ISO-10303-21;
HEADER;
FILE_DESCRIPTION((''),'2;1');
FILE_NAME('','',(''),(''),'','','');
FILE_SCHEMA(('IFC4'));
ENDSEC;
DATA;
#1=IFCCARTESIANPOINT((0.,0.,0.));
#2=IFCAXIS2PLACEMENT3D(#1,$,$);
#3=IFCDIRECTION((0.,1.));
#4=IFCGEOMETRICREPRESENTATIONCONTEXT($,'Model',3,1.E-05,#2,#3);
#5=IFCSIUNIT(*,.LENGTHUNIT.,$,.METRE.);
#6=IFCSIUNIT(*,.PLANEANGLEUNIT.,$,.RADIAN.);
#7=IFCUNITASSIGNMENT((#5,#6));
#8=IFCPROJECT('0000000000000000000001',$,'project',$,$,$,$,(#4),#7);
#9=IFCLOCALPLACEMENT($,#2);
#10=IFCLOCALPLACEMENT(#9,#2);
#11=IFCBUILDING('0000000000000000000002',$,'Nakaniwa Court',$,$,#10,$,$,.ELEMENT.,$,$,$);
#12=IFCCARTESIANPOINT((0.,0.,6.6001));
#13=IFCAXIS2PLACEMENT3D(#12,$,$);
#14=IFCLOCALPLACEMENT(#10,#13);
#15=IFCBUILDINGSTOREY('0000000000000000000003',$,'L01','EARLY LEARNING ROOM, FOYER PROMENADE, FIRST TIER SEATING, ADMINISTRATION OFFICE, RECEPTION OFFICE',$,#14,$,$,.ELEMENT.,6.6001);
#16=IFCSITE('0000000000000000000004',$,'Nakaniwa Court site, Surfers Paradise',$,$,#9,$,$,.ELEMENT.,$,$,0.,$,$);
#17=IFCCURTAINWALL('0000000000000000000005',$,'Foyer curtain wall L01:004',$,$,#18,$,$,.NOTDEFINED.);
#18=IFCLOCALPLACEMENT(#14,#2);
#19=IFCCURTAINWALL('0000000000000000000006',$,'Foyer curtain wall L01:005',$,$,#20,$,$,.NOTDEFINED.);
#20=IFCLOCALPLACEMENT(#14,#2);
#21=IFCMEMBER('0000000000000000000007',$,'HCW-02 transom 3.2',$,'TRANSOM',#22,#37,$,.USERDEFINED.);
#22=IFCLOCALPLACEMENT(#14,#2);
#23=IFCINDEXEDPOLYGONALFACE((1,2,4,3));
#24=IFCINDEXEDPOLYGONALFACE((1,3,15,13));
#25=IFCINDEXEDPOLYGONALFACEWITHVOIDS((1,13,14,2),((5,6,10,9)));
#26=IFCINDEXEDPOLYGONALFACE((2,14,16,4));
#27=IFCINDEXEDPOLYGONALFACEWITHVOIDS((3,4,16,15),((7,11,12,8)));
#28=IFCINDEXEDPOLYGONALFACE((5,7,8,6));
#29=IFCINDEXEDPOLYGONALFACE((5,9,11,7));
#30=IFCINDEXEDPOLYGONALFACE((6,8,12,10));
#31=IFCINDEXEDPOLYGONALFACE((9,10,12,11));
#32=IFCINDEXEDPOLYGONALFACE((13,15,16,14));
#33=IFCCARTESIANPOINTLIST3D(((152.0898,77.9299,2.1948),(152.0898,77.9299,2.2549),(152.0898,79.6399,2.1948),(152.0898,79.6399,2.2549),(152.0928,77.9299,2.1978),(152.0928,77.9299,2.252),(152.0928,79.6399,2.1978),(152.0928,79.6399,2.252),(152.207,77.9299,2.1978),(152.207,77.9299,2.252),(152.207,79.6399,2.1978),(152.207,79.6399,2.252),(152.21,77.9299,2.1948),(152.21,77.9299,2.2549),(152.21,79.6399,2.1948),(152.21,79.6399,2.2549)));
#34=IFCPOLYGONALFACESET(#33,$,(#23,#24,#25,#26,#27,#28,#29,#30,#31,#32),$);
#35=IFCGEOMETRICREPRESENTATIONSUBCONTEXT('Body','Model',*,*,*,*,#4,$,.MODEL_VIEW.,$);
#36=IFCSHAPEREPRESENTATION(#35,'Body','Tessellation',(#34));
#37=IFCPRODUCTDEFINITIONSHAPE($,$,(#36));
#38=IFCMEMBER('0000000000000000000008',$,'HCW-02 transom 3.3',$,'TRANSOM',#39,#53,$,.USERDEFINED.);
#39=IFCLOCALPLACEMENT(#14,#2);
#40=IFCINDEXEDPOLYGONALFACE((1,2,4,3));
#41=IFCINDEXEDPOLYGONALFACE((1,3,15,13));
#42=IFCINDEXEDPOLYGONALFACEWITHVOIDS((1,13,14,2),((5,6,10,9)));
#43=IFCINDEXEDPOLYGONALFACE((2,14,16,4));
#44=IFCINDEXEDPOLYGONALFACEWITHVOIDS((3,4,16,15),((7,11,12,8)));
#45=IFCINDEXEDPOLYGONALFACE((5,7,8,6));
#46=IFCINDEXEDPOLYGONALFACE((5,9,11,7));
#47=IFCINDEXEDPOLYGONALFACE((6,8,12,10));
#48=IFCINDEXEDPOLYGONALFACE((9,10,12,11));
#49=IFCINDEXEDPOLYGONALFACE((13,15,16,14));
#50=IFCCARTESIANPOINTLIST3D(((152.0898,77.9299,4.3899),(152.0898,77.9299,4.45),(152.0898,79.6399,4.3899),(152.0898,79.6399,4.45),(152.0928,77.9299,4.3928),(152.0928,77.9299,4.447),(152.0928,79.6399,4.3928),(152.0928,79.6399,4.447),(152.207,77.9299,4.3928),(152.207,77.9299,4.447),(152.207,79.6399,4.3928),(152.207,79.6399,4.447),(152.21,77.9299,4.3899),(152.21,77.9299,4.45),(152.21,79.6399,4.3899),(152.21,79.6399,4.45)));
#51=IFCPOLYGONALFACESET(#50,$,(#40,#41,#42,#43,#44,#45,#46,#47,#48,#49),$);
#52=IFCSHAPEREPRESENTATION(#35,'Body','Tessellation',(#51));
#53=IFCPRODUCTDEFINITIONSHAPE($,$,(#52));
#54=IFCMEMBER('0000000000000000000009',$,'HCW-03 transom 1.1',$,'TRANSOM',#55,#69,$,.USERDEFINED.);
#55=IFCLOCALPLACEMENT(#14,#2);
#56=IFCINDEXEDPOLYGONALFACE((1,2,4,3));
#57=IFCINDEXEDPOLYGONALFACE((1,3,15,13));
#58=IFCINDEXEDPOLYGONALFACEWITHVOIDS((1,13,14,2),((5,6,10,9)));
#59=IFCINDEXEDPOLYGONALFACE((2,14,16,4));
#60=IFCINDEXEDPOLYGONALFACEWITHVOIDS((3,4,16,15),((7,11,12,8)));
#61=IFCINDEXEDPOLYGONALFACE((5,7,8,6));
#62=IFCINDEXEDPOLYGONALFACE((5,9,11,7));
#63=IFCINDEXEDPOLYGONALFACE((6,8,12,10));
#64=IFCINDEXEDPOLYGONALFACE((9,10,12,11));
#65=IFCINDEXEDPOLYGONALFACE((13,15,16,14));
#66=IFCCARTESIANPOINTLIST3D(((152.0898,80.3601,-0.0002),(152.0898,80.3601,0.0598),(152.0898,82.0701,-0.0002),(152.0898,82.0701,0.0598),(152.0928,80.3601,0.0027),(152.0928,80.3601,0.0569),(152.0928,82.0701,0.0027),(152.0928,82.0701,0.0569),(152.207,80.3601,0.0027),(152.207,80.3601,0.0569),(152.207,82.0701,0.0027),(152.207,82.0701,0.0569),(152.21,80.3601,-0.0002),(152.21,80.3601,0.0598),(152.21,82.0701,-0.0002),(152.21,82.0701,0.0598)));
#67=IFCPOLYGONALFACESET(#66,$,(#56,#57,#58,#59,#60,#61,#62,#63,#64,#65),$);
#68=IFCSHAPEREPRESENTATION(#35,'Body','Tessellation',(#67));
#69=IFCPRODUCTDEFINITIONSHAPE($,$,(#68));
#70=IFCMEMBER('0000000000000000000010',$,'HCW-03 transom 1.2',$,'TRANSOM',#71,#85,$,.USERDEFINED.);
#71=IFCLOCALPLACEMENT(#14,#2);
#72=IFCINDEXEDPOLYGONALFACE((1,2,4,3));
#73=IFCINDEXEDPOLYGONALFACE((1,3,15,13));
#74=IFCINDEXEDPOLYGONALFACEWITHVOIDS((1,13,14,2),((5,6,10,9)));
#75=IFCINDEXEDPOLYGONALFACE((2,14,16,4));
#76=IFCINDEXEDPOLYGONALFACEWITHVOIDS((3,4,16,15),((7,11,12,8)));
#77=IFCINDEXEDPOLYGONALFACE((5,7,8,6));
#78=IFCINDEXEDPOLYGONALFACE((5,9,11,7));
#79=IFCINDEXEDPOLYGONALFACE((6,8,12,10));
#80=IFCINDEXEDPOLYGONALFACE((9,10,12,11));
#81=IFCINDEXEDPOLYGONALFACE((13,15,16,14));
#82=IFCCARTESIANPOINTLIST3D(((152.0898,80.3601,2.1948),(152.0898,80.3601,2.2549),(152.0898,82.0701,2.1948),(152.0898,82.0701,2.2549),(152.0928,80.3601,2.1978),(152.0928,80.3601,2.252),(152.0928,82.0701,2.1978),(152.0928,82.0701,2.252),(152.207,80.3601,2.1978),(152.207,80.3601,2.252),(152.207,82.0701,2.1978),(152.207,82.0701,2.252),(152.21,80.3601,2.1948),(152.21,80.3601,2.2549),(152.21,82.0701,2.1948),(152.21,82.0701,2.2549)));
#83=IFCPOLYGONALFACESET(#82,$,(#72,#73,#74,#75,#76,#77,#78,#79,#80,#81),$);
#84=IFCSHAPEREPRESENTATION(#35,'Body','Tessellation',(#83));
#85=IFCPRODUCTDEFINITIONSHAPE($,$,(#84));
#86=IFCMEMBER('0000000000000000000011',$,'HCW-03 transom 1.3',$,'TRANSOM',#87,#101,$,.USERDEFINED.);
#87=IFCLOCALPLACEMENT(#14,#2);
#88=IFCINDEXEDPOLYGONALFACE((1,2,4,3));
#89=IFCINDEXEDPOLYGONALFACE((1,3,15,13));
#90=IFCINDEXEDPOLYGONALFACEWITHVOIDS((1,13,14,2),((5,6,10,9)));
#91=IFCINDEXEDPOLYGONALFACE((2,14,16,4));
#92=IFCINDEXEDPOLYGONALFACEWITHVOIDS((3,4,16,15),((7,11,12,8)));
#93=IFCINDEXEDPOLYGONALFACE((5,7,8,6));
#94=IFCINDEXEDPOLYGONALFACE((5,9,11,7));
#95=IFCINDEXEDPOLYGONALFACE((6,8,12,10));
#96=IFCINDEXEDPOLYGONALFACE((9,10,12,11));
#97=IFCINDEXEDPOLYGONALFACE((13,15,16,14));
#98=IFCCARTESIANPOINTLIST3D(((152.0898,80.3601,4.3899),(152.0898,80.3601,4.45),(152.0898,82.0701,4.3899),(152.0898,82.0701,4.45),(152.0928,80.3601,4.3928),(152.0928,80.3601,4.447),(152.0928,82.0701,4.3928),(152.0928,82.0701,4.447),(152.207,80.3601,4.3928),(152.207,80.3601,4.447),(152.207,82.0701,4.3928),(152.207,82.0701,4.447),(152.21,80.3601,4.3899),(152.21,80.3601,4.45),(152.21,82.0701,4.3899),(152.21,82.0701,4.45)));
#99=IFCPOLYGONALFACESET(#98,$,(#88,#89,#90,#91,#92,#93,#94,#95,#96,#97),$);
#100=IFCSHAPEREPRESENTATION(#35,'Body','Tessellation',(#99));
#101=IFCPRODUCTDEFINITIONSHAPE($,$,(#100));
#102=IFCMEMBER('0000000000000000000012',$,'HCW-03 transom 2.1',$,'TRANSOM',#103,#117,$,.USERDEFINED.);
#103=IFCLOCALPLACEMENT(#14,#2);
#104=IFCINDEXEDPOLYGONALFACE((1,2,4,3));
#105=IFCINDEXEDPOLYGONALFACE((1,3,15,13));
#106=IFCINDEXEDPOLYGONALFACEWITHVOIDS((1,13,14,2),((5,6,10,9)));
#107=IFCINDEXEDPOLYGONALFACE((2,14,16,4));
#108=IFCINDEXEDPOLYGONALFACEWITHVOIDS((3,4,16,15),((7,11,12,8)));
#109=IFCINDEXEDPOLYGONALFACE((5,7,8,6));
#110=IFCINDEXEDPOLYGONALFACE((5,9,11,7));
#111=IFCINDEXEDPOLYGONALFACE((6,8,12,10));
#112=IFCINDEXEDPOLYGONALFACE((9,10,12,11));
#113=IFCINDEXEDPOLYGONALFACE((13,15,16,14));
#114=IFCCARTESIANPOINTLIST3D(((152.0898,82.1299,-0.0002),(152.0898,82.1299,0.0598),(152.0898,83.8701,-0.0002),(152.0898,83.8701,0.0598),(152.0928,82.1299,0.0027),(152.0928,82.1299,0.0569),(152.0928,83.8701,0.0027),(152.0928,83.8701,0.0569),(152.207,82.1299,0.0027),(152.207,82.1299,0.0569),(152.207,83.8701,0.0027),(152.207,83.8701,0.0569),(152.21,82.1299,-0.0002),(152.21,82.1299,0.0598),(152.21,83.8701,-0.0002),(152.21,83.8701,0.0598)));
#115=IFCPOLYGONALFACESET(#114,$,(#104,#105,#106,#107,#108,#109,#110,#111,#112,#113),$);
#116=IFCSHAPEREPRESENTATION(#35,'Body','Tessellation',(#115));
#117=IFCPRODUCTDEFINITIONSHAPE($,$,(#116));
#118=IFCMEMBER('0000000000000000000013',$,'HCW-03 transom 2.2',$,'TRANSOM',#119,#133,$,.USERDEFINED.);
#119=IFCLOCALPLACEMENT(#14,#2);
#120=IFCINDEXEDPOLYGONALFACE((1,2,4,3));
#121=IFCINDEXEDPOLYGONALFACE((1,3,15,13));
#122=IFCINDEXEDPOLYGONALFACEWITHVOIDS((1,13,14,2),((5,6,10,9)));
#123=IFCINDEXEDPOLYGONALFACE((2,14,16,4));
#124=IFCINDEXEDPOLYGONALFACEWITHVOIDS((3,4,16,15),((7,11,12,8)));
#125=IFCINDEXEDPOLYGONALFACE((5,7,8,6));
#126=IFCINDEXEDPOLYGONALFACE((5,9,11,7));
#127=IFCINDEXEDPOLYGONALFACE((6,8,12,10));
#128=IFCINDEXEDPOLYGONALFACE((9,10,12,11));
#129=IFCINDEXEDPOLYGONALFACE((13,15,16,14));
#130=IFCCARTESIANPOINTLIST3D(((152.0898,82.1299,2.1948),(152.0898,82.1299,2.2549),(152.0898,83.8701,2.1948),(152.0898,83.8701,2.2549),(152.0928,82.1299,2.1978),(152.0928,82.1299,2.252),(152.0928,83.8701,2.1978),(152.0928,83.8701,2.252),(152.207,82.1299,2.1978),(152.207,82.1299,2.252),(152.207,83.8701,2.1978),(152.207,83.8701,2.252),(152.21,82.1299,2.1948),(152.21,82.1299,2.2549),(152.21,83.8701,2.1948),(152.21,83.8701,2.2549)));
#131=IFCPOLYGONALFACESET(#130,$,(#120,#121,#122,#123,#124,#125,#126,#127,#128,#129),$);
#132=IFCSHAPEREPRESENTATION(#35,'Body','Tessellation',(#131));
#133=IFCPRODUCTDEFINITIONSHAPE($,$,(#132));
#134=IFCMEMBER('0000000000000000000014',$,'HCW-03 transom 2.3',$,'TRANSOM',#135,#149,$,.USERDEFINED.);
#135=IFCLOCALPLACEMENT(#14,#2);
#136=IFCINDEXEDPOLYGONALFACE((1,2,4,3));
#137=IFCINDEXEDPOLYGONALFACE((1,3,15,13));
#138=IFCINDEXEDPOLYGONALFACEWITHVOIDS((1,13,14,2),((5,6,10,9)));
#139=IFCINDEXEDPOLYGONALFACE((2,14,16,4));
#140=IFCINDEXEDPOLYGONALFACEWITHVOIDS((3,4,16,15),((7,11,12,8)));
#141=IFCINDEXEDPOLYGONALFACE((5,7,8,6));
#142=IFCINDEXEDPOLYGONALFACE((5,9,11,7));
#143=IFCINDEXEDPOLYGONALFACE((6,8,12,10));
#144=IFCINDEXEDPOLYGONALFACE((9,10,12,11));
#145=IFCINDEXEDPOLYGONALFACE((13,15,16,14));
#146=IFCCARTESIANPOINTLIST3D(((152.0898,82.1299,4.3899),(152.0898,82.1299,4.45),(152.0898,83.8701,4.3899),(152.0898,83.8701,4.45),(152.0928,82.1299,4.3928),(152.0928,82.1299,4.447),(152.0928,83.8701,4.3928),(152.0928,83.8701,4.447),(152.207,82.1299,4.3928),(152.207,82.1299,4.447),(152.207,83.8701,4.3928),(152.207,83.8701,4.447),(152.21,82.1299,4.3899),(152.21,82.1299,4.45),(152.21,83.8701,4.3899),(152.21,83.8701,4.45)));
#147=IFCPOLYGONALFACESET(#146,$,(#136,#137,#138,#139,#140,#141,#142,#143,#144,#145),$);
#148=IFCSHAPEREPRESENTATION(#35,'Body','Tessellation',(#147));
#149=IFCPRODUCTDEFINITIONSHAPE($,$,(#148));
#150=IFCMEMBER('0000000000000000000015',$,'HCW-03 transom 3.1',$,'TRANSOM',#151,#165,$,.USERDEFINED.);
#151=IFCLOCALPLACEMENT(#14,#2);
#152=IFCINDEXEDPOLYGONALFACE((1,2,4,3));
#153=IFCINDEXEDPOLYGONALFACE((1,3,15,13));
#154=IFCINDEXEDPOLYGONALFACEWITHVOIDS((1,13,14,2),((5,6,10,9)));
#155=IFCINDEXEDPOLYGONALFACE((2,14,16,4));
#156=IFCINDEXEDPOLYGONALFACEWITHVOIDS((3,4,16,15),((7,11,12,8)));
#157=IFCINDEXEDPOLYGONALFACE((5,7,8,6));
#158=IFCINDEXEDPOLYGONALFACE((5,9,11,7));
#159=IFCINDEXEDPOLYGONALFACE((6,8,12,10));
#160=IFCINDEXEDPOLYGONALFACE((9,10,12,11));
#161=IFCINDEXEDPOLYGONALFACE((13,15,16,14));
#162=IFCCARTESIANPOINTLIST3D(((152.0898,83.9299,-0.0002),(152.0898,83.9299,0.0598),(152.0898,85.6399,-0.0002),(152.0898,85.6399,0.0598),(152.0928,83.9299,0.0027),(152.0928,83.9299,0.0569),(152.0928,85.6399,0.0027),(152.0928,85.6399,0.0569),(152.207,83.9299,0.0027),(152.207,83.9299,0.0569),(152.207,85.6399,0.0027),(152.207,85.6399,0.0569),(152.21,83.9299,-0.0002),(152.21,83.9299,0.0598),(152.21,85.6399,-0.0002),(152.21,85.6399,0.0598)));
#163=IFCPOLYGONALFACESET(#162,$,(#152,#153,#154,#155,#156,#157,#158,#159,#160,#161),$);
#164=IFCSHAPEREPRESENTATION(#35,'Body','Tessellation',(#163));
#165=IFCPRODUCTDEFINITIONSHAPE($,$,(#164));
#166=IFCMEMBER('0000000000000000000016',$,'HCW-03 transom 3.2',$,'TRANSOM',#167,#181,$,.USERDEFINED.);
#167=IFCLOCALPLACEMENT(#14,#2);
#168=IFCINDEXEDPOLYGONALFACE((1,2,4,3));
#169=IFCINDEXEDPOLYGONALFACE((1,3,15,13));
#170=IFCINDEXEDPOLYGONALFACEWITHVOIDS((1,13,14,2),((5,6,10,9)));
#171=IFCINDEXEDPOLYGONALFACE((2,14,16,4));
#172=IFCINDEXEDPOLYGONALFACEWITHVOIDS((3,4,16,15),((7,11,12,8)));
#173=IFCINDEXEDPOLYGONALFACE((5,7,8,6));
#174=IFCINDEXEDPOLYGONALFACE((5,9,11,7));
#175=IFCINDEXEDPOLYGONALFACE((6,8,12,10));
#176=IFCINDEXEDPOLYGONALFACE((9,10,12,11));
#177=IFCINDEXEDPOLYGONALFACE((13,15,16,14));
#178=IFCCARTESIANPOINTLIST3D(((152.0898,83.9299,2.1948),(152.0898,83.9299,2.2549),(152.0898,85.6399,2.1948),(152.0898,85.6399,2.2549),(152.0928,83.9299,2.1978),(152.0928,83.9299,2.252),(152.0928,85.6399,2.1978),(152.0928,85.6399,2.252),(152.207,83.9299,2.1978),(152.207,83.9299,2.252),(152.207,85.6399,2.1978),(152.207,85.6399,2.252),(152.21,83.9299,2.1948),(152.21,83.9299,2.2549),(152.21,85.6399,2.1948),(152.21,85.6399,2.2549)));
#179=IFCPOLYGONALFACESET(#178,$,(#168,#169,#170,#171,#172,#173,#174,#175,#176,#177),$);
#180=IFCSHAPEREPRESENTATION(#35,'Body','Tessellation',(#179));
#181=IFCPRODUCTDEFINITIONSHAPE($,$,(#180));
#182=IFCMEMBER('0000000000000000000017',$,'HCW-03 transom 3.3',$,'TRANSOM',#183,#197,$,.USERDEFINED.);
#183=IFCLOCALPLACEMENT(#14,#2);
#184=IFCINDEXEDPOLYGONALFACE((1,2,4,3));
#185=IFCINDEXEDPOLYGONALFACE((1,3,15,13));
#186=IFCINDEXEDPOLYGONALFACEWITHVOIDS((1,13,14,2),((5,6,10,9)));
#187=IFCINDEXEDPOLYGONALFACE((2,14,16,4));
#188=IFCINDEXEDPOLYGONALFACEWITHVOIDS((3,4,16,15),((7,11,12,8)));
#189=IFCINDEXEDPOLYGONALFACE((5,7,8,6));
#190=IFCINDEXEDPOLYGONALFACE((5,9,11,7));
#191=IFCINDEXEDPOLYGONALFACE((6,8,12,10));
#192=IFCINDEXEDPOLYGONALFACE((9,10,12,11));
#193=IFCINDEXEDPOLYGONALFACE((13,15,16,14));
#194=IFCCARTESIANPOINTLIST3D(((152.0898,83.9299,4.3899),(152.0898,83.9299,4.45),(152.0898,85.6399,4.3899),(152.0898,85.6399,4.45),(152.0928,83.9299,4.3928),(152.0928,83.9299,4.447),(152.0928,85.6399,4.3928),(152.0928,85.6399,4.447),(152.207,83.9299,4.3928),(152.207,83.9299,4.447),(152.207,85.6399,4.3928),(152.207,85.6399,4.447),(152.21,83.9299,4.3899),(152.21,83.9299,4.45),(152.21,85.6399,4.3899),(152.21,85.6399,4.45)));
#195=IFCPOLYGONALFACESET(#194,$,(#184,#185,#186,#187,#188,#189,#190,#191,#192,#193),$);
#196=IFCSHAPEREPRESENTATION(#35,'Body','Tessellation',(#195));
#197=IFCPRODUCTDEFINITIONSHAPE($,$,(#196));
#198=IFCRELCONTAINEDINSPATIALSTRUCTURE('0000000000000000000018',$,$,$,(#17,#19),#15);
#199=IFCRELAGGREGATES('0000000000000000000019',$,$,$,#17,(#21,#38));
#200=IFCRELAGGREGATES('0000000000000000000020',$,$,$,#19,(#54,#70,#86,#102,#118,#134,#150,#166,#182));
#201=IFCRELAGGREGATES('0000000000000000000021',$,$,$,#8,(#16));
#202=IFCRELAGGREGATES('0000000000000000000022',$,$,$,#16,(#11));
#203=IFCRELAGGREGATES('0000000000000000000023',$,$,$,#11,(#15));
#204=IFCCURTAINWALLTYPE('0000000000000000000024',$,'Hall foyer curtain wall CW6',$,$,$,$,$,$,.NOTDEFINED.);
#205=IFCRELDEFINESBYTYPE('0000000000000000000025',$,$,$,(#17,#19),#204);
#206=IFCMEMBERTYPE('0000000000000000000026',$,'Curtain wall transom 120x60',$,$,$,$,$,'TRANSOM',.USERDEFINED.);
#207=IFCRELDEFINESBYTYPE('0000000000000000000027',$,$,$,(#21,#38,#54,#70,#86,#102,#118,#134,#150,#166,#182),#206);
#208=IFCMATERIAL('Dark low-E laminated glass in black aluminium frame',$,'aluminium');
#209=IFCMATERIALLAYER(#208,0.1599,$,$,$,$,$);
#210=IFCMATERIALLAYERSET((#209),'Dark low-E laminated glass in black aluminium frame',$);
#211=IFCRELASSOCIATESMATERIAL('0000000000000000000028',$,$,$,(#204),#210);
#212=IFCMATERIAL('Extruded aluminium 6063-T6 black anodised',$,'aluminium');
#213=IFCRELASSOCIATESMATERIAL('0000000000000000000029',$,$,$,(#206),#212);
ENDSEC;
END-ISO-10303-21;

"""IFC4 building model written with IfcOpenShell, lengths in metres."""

from ifc_helpers import new_model, si_unit, direction, frame, origin, origin_2d, place, context, subcontext, project, spatial, hollow_rectangle, extrude, material, layer, layer_set, material_profile, profile_set, type_object, element, aggregate, save


model = new_model("IFC4")

# Units and contexts
model_context = context("Model", 3, precision=1e-05, world=origin(), true_north=direction((0.0, 1.0)))
body_context = subcontext(model_context, "Body", "Model", "MODEL_VIEW")
ifc_project = project(units=[si_unit("LENGTHUNIT", "METRE"), si_unit("PLANEANGLEUNIT", "RADIAN")], contexts=[model_context])

# Site, building, storey
site_placement = place(None, origin())
site = spatial("IfcSite", under=ifc_project, at=site_placement, Name="Nakaniwa Court site, Surfers Paradise", CompositionType="ELEMENT", RefElevation=0.0)
building_placement = place(site_placement, origin())
building = spatial("IfcBuilding", under=site, at=building_placement, Name="Nakaniwa Court", CompositionType="ELEMENT")
storey_placement = place(building_placement, frame((0.0, 0.0, 6.6001)))
storey = spatial("IfcBuildingStorey", under=building, at=storey_placement, Name="L01", Description="EARLY LEARNING ROOM, FOYER PROMENADE, FIRST TIER SEATING, ADMINISTRATION OFFICE, RECEPTION OFFICE", CompositionType="ELEMENT", Elevation=6.6001)

# Curtain walls
ifc_material_1 = material(Name="Dark low-E laminated glass in black aluminium frame", Category="aluminium")
ifc_layer_1 = layer(ifc_material_1, 0.1599)
ifc_layer_set_1 = layer_set([ifc_layer_1], Name="Dark low-E laminated glass in black aluminium frame")
curtain_wall_type = type_object("IfcCurtainWallType", Name="Hall foyer curtain wall CW6", PredefinedType="NOTDEFINED", material=ifc_layer_set_1)
curtain_wall_1_placement = place(storey_placement, origin())
curtain_wall_1 = element("IfcCurtainWall", 1, at=curtain_wall_1_placement, inside=storey, type_object=curtain_wall_type, Name="Foyer curtain wall L01:004", PredefinedType="NOTDEFINED")
ifc_material_2 = material(Name="Extruded aluminium 6063-T6 black anodised", Category="aluminium")
curtain_wall_2_placement = place(storey_placement, origin())
curtain_wall_2 = element("IfcCurtainWall", 2, at=curtain_wall_2_placement, inside=storey, type_object=curtain_wall_type, Name="Foyer curtain wall L01:005", PredefinedType="NOTDEFINED")

# Members
ifc_material_profile_1 = material_profile(ifc_material_2, hollow_rectangle(XDim=0.1201, YDim=0.0601, WallThickness=0.0029, at=origin_2d()), Name="CW transom 120x60")
ifc_profile_set_1 = profile_set([ifc_material_profile_1], Name="Extruded aluminium 6063-T6 black anodised")
member_type_1 = type_object("IfcMemberType", Name="Curtain wall transom 120x60", ElementType="TRANSOM", PredefinedType="USERDEFINED", material=ifc_profile_set_1)
member_1_placement = place(storey_placement, frame((152.1499, 77.9299, 2.2249), z_axis=(0.0, 1.0, 0.0), x_axis=(-1.0, 0.0, 0.0)))
member_1 = element("IfcMember", 3, at=member_1_placement, type_object=member_type_1, Name="HCW-02 transom 3.2", ObjectType="TRANSOM", PredefinedType="USERDEFINED", context=body_context, shape_type="SweptSolid", body=[
    extrude(hollow_rectangle(XDim=0.1201, YDim=0.0601, WallThickness=0.0029, at=origin_2d()), origin(), (0.0, 0.0, 1.0), 1.71),
])
member_2_placement = place(storey_placement, frame((152.1499, 77.9299, 4.4199), z_axis=(0.0, 1.0, 0.0), x_axis=(-1.0, 0.0, 0.0)))
member_2 = element("IfcMember", 4, at=member_2_placement, type_object=member_type_1, Name="HCW-02 transom 3.3", ObjectType="TRANSOM", PredefinedType="USERDEFINED", context=body_context, shape_type="SweptSolid", body=[
    extrude(hollow_rectangle(XDim=0.1201, YDim=0.0601, WallThickness=0.0029, at=origin_2d()), origin(), (0.0, 0.0, 1.0), 1.71),
])
member_3_placement = place(storey_placement, frame((152.1499, 80.3601, 0.0298), z_axis=(0.0, 1.0, 0.0), x_axis=(-1.0, 0.0, 0.0)))
member_3 = element("IfcMember", 5, at=member_3_placement, type_object=member_type_1, Name="HCW-03 transom 1.1", ObjectType="TRANSOM", PredefinedType="USERDEFINED", context=body_context, shape_type="SweptSolid", body=[
    extrude(hollow_rectangle(XDim=0.1201, YDim=0.0601, WallThickness=0.0029, at=origin_2d()), origin(), (0.0, 0.0, 1.0), 1.71),
])
member_4_placement = place(storey_placement, frame((152.1499, 80.3601, 2.2249), z_axis=(0.0, 1.0, 0.0), x_axis=(-1.0, 0.0, 0.0)))
member_4 = element("IfcMember", 6, at=member_4_placement, type_object=member_type_1, Name="HCW-03 transom 1.2", ObjectType="TRANSOM", PredefinedType="USERDEFINED", context=body_context, shape_type="SweptSolid", body=[
    extrude(hollow_rectangle(XDim=0.1201, YDim=0.0601, WallThickness=0.0029, at=origin_2d()), origin(), (0.0, 0.0, 1.0), 1.71),
])
member_5_placement = place(storey_placement, frame((152.1499, 80.3601, 4.4199), z_axis=(0.0, 1.0, 0.0), x_axis=(-1.0, 0.0, 0.0)))
member_5 = element("IfcMember", 7, at=member_5_placement, type_object=member_type_1, Name="HCW-03 transom 1.3", ObjectType="TRANSOM", PredefinedType="USERDEFINED", context=body_context, shape_type="SweptSolid", body=[
    extrude(hollow_rectangle(XDim=0.1201, YDim=0.0601, WallThickness=0.0029, at=origin_2d()), origin(), (0.0, 0.0, 1.0), 1.71),
])
member_6_placement = place(storey_placement, frame((152.1499, 82.1299, 0.0298), z_axis=(0.0, 1.0, 0.0), x_axis=(-1.0, 0.0, 0.0)))
member_6 = element("IfcMember", 8, at=member_6_placement, type_object=member_type_1, Name="HCW-03 transom 2.1", ObjectType="TRANSOM", PredefinedType="USERDEFINED", context=body_context, shape_type="SweptSolid", body=[
    extrude(hollow_rectangle(XDim=0.1201, YDim=0.0601, WallThickness=0.0029, at=origin_2d()), origin(), (0.0, 0.0, 1.0), 1.7402),
])
member_7_placement = place(storey_placement, frame((152.1499, 82.1299, 2.2249), z_axis=(0.0, 1.0, 0.0), x_axis=(-1.0, 0.0, 0.0)))
member_7 = element("IfcMember", 9, at=member_7_placement, type_object=member_type_1, Name="HCW-03 transom 2.2", ObjectType="TRANSOM", PredefinedType="USERDEFINED", context=body_context, shape_type="SweptSolid", body=[
    extrude(hollow_rectangle(XDim=0.1201, YDim=0.0601, WallThickness=0.0029, at=origin_2d()), origin(), (0.0, 0.0, 1.0), 1.7402),
])
member_8_placement = place(storey_placement, frame((152.1499, 82.1299, 4.4199), z_axis=(0.0, 1.0, 0.0), x_axis=(-1.0, 0.0, 0.0)))
member_8 = element("IfcMember", 10, at=member_8_placement, type_object=member_type_1, Name="HCW-03 transom 2.3", ObjectType="TRANSOM", PredefinedType="USERDEFINED", context=body_context, shape_type="SweptSolid", body=[
    extrude(hollow_rectangle(XDim=0.1201, YDim=0.0601, WallThickness=0.0029, at=origin_2d()), origin(), (0.0, 0.0, 1.0), 1.7402),
])
member_9_placement = place(storey_placement, frame((152.1499, 83.9299, 0.0298), z_axis=(0.0, 1.0, 0.0), x_axis=(-1.0, 0.0, 0.0)))
member_9 = element("IfcMember", 11, at=member_9_placement, type_object=member_type_1, Name="HCW-03 transom 3.1", ObjectType="TRANSOM", PredefinedType="USERDEFINED", context=body_context, shape_type="SweptSolid", body=[
    extrude(hollow_rectangle(XDim=0.1201, YDim=0.0601, WallThickness=0.0029, at=origin_2d()), origin(), (0.0, 0.0, 1.0), 1.71),
])
member_10_placement = place(storey_placement, frame((152.1499, 83.9299, 2.2249), z_axis=(0.0, 1.0, 0.0), x_axis=(-1.0, 0.0, 0.0)))
member_10 = element("IfcMember", 12, at=member_10_placement, type_object=member_type_1, Name="HCW-03 transom 3.2", ObjectType="TRANSOM", PredefinedType="USERDEFINED", context=body_context, shape_type="SweptSolid", body=[
    extrude(hollow_rectangle(XDim=0.1201, YDim=0.0601, WallThickness=0.0029, at=origin_2d()), origin(), (0.0, 0.0, 1.0), 1.71),
])
member_11_placement = place(storey_placement, frame((152.1499, 83.9299, 4.4199), z_axis=(0.0, 1.0, 0.0), x_axis=(-1.0, 0.0, 0.0)))
member_11 = element("IfcMember", 13, at=member_11_placement, type_object=member_type_1, Name="HCW-03 transom 3.3", ObjectType="TRANSOM", PredefinedType="USERDEFINED", context=body_context, shape_type="SweptSolid", body=[
    extrude(hollow_rectangle(XDim=0.1201, YDim=0.0601, WallThickness=0.0029, at=origin_2d()), origin(), (0.0, 0.0, 1.0), 1.71),
])

aggregate(curtain_wall_1, [member_1, member_2])
aggregate(curtain_wall_2, [member_3, member_4, member_5, member_6, member_7, member_8, member_9, member_10, member_11])

save(model, "model.ifc")
